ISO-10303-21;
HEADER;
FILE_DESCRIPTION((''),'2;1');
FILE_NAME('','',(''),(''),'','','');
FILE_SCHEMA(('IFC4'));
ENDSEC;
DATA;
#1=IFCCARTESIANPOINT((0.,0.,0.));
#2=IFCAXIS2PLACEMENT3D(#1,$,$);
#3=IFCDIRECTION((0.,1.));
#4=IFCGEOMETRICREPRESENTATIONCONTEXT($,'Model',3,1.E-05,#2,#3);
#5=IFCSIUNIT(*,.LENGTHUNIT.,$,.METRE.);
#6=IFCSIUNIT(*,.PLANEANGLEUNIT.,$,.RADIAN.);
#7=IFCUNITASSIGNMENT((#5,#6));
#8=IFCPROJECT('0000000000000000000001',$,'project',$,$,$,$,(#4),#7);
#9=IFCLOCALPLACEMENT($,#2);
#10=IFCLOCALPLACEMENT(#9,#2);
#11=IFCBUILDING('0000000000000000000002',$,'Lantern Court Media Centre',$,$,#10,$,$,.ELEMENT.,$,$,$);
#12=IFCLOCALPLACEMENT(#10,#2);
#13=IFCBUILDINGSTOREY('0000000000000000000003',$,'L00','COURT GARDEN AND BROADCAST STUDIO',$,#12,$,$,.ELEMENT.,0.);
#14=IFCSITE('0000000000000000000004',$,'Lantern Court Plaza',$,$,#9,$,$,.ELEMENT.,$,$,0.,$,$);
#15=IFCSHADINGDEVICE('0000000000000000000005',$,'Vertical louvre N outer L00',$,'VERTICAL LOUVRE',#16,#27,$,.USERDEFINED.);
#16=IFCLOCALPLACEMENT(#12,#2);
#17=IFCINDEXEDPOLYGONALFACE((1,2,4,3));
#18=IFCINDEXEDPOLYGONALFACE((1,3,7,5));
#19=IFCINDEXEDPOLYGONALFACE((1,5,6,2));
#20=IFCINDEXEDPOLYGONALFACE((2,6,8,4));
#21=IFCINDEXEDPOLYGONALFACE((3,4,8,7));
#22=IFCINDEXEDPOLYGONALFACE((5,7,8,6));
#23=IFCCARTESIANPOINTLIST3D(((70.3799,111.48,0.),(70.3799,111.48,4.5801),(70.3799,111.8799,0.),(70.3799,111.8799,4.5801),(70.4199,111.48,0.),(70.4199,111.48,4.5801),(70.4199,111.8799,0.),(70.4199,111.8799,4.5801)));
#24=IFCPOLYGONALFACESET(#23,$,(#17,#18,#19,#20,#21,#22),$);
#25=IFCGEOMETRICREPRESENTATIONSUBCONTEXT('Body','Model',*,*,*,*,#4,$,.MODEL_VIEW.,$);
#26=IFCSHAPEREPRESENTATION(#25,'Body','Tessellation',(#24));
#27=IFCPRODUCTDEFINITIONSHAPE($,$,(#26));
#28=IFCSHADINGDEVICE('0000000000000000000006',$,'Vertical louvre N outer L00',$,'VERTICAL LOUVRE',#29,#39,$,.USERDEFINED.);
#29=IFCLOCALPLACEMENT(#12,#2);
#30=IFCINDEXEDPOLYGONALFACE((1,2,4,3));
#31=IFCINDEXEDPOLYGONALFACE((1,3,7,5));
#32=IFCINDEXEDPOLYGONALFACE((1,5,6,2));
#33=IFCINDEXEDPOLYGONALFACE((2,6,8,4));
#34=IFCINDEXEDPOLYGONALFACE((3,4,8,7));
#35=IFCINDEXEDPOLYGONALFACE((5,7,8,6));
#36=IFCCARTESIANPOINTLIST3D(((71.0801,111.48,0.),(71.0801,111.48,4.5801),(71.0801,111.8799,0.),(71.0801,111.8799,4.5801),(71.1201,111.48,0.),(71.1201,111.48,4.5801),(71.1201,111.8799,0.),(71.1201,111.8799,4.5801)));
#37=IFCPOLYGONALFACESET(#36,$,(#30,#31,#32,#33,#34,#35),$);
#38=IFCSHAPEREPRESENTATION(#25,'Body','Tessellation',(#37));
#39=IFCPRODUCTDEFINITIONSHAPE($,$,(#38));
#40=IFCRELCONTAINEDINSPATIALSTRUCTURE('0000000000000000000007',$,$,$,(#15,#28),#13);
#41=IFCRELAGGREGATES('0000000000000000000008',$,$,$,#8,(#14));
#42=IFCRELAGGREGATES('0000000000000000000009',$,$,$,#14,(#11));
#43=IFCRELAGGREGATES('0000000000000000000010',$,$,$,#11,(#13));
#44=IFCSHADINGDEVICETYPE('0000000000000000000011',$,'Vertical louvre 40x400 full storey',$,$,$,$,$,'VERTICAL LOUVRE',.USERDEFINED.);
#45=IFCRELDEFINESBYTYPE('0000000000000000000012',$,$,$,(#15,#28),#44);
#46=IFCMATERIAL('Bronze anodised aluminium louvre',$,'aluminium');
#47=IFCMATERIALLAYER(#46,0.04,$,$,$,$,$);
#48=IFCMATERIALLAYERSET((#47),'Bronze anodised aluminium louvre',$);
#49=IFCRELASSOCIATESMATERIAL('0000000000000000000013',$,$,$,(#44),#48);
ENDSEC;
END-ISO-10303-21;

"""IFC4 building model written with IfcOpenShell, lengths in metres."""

from ifc_helpers import new_model, si_unit, direction, frame, origin, origin_2d, place, context, subcontext, project, spatial, rectangle, extrude, material, layer, layer_set, type_object, element, save


model = new_model("IFC4")

# Units and contexts
model_context = context("Model", 3, precision=1e-05, world=origin(), true_north=direction((0.0, 1.0)))
body_context = subcontext(model_context, "Body", "Model", "MODEL_VIEW")
ifc_project = project(units=[si_unit("LENGTHUNIT", "METRE"), si_unit("PLANEANGLEUNIT", "RADIAN")], contexts=[model_context])

# Site, building, storey
site_placement = place(None, origin())
site = spatial("IfcSite", under=ifc_project, at=site_placement, Name="Lantern Court Plaza", CompositionType="ELEMENT", RefElevation=0.0)
building_placement = place(site_placement, origin())
building = spatial("IfcBuilding", under=site, at=building_placement, Name="Lantern Court Media Centre", CompositionType="ELEMENT")
storey_placement = place(building_placement, origin())
storey = spatial("IfcBuildingStorey", under=building, at=storey_placement, Name="L00", Description="COURT GARDEN AND BROADCAST STUDIO", CompositionType="ELEMENT", Elevation=0.0)

# Shading devices
ifc_material_1 = material(Name="Bronze anodised aluminium louvre", Category="aluminium")
ifc_layer_1 = layer(ifc_material_1, 0.04)
ifc_layer_set_1 = layer_set([ifc_layer_1], Name="Bronze anodised aluminium louvre")
shading_device_type = type_object("IfcShadingDeviceType", Name="Vertical louvre 40x400 full storey", ElementType="VERTICAL LOUVRE", PredefinedType="USERDEFINED", material=ifc_layer_set_1)
for number, where, z_axis, x_axis, name in (
    (1, (70.3999, 111.6799, 0.0), (0.0, 0.0, 1.0), (1.0, 0.0, 0.0), "Vertical louvre N outer L00"),
    (2, (71.1001, 111.6799, 0.0), (0.0, 0.0, 1.0), (1.0, 0.0, 0.0), "Vertical louvre N outer L00"),
):
    element("IfcShadingDevice", number, at=place(storey_placement, frame(where, z_axis=z_axis, x_axis=x_axis)), inside=storey, type_object=shading_device_type, Name=name, ObjectType="VERTICAL LOUVRE", PredefinedType="USERDEFINED", context=body_context, shape_type="SweptSolid", body=[
        extrude(rectangle(XDim=0.04, YDim=0.3999, at=origin_2d()), origin(), (0.0, 0.0, 1.0), 4.5801),
    ])

save(model, "model.ifc")
